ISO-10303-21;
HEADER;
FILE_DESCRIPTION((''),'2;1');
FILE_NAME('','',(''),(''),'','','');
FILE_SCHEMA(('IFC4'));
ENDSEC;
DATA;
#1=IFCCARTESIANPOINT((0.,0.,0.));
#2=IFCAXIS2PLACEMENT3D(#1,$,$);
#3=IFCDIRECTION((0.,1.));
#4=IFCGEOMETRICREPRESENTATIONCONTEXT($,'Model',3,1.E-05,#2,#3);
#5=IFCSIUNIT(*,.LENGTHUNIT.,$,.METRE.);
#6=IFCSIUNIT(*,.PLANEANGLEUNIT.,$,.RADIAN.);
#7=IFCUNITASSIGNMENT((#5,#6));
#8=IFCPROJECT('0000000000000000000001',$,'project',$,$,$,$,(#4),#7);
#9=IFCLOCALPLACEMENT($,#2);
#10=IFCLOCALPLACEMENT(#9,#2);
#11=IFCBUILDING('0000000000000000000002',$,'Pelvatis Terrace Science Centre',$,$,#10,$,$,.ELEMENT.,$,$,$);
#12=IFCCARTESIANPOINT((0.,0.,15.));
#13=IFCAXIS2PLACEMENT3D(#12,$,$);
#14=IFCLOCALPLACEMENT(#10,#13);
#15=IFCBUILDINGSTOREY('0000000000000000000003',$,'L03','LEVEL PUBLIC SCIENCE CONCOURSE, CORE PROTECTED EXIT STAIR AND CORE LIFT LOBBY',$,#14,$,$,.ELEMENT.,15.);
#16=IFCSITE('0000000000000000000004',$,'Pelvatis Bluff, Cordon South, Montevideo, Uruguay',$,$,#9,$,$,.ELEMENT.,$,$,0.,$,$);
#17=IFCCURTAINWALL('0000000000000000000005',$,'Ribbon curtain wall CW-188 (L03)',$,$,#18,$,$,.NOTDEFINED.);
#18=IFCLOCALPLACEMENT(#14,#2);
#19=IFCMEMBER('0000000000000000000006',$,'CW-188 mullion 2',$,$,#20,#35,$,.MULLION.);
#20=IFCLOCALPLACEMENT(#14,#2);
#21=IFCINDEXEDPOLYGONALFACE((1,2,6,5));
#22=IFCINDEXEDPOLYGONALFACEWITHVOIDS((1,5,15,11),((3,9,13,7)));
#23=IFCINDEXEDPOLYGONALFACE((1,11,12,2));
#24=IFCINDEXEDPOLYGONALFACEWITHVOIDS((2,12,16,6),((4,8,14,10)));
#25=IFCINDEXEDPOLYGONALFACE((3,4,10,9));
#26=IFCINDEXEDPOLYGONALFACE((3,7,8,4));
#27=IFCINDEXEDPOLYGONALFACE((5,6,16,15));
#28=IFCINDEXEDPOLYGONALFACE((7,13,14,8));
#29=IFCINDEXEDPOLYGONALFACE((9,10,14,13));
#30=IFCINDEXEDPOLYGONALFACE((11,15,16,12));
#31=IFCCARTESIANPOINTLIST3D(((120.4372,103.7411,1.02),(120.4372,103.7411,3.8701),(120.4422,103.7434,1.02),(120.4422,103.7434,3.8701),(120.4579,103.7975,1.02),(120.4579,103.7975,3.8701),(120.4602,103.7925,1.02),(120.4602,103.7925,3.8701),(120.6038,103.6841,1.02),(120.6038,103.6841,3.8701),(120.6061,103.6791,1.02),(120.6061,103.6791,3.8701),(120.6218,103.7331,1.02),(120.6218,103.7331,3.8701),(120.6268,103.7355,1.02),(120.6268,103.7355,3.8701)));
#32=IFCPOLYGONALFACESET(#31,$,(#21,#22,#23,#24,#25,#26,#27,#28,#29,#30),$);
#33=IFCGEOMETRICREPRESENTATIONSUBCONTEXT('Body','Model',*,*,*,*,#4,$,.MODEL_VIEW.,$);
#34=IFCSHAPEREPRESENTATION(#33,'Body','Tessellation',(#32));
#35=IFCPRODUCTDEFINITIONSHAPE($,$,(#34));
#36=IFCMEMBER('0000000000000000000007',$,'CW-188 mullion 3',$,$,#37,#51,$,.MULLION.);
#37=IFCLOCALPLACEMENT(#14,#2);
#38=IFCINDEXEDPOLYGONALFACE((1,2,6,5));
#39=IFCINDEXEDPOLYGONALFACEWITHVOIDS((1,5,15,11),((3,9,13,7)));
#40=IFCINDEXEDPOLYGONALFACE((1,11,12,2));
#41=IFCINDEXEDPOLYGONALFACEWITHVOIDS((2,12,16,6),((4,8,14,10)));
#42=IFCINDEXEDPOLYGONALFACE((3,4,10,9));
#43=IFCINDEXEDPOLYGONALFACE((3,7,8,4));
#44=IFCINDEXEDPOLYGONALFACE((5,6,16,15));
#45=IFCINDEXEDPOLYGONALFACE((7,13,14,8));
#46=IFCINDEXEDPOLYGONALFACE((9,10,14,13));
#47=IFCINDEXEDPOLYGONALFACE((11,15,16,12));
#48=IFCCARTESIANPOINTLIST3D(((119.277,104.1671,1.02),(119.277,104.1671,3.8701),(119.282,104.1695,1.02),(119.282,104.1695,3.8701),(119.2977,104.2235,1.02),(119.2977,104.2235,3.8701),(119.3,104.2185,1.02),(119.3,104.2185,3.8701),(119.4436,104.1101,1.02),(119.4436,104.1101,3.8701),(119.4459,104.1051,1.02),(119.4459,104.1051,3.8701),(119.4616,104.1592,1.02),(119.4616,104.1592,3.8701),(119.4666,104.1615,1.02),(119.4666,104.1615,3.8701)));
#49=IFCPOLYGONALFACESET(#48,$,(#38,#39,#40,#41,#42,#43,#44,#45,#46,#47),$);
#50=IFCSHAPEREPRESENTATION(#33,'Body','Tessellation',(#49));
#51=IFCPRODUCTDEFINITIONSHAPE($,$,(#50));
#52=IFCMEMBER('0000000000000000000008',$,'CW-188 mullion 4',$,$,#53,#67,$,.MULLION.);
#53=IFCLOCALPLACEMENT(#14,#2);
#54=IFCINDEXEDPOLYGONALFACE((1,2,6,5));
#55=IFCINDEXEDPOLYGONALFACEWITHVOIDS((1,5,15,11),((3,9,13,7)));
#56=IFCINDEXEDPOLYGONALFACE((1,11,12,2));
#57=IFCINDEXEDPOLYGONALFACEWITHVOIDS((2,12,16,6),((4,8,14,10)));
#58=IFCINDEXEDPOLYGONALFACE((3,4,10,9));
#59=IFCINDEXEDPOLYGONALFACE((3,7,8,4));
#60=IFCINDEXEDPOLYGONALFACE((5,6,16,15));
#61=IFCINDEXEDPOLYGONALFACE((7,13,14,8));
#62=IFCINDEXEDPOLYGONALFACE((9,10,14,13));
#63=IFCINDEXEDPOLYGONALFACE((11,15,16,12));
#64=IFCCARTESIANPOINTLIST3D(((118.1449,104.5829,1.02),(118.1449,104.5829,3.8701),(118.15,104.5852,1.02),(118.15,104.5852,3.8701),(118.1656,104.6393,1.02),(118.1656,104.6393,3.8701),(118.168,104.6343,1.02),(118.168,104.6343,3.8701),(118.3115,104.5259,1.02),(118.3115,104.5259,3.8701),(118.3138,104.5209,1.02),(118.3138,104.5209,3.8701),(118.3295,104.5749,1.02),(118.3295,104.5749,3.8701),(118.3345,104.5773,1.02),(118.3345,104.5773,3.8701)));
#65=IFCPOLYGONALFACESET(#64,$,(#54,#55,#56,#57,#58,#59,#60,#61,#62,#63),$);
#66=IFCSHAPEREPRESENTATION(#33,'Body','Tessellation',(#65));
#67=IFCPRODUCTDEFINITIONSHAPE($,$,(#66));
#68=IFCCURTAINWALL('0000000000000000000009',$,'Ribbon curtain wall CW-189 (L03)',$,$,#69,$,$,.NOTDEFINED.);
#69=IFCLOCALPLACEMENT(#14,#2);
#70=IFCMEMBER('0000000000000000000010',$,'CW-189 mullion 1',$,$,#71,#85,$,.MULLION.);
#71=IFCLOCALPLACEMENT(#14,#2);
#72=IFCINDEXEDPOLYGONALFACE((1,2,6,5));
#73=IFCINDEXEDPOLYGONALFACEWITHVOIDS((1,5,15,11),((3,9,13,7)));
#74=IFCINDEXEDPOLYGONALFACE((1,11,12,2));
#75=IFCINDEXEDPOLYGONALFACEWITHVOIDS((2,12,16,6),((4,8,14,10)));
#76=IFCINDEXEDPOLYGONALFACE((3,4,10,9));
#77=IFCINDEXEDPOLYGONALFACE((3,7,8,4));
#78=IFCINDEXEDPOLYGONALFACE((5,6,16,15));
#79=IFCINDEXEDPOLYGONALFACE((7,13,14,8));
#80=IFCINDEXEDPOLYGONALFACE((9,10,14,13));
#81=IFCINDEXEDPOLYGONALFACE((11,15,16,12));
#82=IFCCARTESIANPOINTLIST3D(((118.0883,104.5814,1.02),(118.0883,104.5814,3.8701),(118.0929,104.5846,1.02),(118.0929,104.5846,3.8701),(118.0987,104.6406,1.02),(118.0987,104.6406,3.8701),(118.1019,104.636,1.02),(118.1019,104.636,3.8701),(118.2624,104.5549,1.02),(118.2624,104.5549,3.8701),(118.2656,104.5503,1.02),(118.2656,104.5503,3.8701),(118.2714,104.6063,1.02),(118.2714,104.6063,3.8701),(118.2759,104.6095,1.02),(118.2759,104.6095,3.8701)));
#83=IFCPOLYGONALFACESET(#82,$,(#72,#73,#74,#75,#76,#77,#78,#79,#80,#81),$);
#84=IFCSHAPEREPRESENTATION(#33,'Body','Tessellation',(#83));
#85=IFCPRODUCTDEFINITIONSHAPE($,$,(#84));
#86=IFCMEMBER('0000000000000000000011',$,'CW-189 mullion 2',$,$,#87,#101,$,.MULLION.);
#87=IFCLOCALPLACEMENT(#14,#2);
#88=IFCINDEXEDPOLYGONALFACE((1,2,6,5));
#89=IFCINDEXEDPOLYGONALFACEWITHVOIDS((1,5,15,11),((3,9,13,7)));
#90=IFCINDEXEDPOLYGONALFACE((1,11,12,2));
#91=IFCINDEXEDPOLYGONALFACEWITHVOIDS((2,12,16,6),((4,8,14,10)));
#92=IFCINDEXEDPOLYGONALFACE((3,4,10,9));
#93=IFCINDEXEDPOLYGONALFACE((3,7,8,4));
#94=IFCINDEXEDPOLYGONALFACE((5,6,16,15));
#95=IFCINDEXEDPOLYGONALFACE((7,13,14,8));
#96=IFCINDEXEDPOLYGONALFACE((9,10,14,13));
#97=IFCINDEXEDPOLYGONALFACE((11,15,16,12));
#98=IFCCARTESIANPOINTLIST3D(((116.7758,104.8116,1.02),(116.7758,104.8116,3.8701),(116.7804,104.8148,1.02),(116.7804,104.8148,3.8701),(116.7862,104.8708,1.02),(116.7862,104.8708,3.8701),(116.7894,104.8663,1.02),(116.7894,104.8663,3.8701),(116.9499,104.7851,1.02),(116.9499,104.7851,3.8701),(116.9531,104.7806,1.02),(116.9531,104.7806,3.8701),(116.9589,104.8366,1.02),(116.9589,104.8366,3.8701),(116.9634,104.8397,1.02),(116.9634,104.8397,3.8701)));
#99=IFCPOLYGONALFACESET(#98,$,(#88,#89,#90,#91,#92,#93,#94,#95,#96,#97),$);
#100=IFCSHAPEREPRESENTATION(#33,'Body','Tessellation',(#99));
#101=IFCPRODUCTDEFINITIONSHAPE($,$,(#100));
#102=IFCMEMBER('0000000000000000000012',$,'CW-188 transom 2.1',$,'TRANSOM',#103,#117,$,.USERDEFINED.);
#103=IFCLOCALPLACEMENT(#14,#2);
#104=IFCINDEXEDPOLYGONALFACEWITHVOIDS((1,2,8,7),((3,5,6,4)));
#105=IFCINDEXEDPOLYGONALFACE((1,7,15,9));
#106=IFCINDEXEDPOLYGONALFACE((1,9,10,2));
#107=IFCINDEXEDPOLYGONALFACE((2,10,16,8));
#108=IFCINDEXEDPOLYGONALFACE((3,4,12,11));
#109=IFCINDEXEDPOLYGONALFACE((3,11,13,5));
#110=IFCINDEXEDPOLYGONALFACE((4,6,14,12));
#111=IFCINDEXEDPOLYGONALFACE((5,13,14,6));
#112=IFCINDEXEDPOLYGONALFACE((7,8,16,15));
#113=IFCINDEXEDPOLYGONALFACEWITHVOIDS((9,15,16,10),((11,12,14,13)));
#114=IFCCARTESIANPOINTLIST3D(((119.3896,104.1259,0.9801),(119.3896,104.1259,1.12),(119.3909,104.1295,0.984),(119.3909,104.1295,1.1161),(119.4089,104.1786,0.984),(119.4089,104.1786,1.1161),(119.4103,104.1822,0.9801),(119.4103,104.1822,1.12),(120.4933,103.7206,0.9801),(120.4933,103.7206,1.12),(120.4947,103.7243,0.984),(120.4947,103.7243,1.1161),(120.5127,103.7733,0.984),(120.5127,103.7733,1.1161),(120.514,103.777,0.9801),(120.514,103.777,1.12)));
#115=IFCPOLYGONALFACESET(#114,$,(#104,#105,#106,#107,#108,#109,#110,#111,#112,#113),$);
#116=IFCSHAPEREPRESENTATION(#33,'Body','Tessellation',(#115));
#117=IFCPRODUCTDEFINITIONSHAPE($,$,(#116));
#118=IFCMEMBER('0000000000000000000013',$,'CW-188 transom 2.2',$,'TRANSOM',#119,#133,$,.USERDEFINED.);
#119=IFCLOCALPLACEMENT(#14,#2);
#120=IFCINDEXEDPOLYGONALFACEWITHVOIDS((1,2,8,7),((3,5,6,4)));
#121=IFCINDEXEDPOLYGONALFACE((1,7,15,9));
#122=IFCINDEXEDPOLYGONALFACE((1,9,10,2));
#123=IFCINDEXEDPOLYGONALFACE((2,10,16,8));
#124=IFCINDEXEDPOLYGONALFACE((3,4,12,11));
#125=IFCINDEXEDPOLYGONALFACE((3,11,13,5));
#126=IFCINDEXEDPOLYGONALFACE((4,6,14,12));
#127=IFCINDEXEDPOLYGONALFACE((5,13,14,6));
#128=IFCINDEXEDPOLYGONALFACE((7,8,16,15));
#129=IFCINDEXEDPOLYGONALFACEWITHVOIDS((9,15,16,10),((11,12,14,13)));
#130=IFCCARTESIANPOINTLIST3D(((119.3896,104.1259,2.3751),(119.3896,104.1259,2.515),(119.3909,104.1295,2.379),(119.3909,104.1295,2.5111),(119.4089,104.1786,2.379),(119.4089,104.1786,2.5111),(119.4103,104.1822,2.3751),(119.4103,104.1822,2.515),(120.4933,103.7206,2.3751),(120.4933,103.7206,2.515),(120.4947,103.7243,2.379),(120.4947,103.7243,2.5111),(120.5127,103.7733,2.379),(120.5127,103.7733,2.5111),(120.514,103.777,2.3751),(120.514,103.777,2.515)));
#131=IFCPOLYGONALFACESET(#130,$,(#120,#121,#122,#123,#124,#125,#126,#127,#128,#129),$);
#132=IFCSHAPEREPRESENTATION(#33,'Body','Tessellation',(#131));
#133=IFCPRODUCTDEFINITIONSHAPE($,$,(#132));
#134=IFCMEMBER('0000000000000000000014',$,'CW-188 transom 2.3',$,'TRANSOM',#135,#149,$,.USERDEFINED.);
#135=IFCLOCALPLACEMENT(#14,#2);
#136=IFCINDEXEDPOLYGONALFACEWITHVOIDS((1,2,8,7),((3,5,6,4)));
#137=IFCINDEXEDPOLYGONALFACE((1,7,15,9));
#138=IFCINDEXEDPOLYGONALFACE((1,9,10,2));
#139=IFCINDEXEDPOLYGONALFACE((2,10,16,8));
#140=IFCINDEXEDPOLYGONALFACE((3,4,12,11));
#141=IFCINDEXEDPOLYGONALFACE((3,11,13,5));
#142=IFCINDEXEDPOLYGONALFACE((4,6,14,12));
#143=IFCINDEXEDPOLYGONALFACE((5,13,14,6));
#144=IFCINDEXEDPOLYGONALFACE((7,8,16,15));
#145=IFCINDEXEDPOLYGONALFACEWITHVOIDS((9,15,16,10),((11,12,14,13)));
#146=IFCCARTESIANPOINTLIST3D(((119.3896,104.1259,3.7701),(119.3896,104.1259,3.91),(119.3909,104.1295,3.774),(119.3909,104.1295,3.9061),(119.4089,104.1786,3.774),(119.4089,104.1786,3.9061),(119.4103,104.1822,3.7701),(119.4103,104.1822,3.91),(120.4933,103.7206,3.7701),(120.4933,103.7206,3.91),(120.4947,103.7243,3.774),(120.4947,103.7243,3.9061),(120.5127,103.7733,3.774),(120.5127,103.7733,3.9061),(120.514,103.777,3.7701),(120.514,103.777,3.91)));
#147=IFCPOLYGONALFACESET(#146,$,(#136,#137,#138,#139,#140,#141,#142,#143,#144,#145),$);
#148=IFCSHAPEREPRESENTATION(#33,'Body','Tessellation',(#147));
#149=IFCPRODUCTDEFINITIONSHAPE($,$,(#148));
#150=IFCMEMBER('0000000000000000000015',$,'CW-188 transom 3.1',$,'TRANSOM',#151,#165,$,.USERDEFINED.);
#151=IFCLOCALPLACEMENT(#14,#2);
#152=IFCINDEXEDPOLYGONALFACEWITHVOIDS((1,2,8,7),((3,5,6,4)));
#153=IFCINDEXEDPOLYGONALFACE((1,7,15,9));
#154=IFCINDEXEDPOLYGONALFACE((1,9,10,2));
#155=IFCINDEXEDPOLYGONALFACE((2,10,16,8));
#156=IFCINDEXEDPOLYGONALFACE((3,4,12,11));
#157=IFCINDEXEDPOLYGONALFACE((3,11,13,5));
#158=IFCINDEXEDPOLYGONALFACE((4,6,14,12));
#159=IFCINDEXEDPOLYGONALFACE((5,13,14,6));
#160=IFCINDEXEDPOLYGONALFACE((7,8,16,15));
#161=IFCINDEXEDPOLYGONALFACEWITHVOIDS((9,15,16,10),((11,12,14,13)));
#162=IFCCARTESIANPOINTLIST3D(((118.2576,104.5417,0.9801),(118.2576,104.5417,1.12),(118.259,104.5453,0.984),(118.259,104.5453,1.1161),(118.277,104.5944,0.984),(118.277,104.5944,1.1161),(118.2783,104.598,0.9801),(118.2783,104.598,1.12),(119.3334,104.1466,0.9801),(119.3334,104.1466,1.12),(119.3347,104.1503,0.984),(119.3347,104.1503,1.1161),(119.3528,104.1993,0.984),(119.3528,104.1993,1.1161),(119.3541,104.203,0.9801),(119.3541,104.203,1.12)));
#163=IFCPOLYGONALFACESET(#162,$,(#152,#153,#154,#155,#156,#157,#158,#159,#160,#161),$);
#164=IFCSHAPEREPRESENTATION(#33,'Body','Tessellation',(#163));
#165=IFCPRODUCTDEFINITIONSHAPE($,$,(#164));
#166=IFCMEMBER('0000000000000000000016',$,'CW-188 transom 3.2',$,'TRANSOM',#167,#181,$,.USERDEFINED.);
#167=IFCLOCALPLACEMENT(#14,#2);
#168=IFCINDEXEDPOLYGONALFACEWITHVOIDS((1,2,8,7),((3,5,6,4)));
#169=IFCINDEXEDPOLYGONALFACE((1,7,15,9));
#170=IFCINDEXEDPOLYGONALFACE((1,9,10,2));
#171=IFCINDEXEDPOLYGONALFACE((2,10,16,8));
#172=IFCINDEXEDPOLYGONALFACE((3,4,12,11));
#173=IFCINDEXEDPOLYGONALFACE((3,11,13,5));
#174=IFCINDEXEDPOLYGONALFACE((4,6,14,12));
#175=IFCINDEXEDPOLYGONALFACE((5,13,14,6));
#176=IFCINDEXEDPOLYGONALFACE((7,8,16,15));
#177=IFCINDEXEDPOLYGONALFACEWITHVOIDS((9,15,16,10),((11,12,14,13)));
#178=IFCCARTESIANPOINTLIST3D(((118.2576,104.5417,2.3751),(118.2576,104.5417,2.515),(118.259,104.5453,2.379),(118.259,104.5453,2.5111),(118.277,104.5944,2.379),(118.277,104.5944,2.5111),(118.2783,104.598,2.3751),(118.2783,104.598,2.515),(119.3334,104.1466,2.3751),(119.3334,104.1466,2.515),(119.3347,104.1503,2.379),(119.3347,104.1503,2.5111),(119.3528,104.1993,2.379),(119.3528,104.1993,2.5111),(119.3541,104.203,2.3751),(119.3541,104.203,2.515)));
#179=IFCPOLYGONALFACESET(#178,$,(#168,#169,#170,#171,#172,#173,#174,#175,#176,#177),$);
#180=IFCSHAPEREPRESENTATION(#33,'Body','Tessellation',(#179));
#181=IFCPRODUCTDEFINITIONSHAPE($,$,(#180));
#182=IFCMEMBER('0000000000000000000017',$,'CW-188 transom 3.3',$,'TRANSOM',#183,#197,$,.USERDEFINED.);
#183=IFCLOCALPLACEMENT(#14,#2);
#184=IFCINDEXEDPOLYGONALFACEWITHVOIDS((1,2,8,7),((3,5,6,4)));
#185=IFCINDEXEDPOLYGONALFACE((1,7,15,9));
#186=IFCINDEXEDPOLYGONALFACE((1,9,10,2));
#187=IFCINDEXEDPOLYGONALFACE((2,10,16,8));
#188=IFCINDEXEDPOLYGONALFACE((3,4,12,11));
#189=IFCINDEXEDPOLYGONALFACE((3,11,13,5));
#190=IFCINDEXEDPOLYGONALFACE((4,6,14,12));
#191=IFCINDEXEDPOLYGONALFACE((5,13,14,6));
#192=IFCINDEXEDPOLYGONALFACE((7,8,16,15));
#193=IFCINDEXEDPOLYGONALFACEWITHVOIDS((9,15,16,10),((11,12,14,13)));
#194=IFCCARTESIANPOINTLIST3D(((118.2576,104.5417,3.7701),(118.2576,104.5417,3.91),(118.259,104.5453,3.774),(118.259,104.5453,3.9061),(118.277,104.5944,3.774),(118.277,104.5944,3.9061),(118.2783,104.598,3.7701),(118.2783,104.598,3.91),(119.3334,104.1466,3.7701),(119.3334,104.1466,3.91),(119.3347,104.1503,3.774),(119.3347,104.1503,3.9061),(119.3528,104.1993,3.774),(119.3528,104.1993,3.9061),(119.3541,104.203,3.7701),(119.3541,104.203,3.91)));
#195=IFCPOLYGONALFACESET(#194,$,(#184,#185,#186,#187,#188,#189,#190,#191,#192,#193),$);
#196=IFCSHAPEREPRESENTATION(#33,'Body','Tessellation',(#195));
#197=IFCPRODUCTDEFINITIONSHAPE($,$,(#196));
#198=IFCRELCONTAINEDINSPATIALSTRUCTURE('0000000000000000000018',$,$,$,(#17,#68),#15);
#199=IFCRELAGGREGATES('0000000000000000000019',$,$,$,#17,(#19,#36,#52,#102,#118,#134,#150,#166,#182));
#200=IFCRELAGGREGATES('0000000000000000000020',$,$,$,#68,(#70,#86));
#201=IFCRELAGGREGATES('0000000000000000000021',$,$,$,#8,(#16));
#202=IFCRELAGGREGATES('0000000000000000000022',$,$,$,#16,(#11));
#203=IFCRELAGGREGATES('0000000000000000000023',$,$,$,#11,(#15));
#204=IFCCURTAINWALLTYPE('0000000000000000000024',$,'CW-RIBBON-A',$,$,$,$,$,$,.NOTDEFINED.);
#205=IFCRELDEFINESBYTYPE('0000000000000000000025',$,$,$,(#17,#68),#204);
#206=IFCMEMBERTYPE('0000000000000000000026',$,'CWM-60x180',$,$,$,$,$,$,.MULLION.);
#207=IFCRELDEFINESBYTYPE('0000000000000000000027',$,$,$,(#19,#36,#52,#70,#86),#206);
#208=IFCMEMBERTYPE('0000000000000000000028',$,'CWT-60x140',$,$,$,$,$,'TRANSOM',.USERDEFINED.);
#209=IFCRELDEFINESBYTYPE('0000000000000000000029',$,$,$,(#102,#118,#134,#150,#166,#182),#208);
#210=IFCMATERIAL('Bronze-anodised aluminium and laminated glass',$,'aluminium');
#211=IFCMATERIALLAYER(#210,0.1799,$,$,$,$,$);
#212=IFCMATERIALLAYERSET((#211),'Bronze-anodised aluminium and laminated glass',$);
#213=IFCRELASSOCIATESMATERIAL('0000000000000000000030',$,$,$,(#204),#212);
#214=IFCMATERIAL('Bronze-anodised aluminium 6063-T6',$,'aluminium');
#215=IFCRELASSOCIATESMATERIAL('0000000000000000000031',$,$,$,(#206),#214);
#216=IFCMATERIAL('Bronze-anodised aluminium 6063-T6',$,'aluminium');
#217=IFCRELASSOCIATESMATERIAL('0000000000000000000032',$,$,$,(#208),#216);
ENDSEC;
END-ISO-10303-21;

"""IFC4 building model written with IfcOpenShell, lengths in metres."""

from ifc_helpers import new_model, si_unit, direction, frame, origin, origin_2d, place, context, subcontext, project, spatial, hollow_rectangle, extrude, material, layer, layer_set, material_profile, profile_set, type_object, element, aggregate, save


model = new_model("IFC4")

# Units and contexts
model_context = context("Model", 3, precision=1e-05, world=origin(), true_north=direction((0.0, 1.0)))
body_context = subcontext(model_context, "Body", "Model", "MODEL_VIEW")
ifc_project = project(units=[si_unit("LENGTHUNIT", "METRE"), si_unit("PLANEANGLEUNIT", "RADIAN")], contexts=[model_context])

# Site, building, storey
site_placement = place(None, origin())
site = spatial("IfcSite", under=ifc_project, at=site_placement, Name="Pelvatis Bluff, Cordon South, Montevideo, Uruguay", CompositionType="ELEMENT", RefElevation=0.0)
building_placement = place(site_placement, origin())
building = spatial("IfcBuilding", under=site, at=building_placement, Name="Pelvatis Terrace Science Centre", CompositionType="ELEMENT")
storey_placement = place(building_placement, frame((0.0, 0.0, 15.0)))
storey = spatial("IfcBuildingStorey", under=building, at=storey_placement, Name="L03", Description="LEVEL PUBLIC SCIENCE CONCOURSE, CORE PROTECTED EXIT STAIR AND CORE LIFT LOBBY", CompositionType="ELEMENT", Elevation=15.0)

# Curtain walls, members
ifc_material_1 = material(Name="Bronze-anodised aluminium and laminated glass", Category="aluminium")
ifc_layer_1 = layer(ifc_material_1, 0.1799)
ifc_layer_set_1 = layer_set([ifc_layer_1], Name="Bronze-anodised aluminium and laminated glass")
curtain_wall_type = type_object("IfcCurtainWallType", Name="CW-RIBBON-A", PredefinedType="NOTDEFINED", material=ifc_layer_set_1)
curtain_wall_1_placement = place(storey_placement, origin())
curtain_wall_1 = element("IfcCurtainWall", 1, at=curtain_wall_1_placement, inside=storey, type_object=curtain_wall_type, Name="Ribbon curtain wall CW-188 (L03)", PredefinedType="NOTDEFINED")
ifc_material_2 = material(Name="Bronze-anodised aluminium 6063-T6", Category="aluminium")
ifc_material_profile_1 = material_profile(ifc_material_2, hollow_rectangle(XDim=0.0601, YDim=0.1799, WallThickness=0.0039, at=origin_2d()), Name="ALU-MUL 60x180")
ifc_profile_set_1 = profile_set([ifc_material_profile_1], Name="Bronze-anodised aluminium 6063-T6")
member_type_1 = type_object("IfcMemberType", Name="CWM-60x180", PredefinedType="MULLION", material=ifc_profile_set_1)
member_1_placement = place(storey_placement, frame((120.532, 103.7383, 1.02), z_axis=(0.0, 0.0, 1.0), x_axis=(-0.344728, -0.938703, 0.0)))
member_1 = element("IfcMember", 2, at=member_1_placement, type_object=member_type_1, Name="CW-188 mullion 2", PredefinedType="MULLION", context=body_context, shape_type="SweptSolid", body=[
    extrude(hollow_rectangle(XDim=0.0601, YDim=0.1799, WallThickness=0.0039, at=origin_2d()), origin(), (0.0, 0.0, 1.0), 2.8501),
])
member_2_placement = place(storey_placement, frame((119.3718, 104.1643, 1.02), z_axis=(0.0, 0.0, 1.0), x_axis=(-0.344728, -0.938703, 0.0)))
member_2 = element("IfcMember", 3, at=member_2_placement, type_object=member_type_1, Name="CW-188 mullion 3", PredefinedType="MULLION", context=body_context, shape_type="SweptSolid", body=[
    extrude(hollow_rectangle(XDim=0.0601, YDim=0.1799, WallThickness=0.0039, at=origin_2d()), origin(), (0.0, 0.0, 1.0), 2.8501),
])
member_3_placement = place(storey_placement, frame((118.2397, 104.5801, 1.02), z_axis=(0.0, 0.0, 1.0), x_axis=(-0.344728, -0.938703, 0.0)))
member_3 = element("IfcMember", 4, at=member_3_placement, type_object=member_type_1, Name="CW-188 mullion 4", PredefinedType="MULLION", context=body_context, shape_type="SweptSolid", body=[
    extrude(hollow_rectangle(XDim=0.0601, YDim=0.1799, WallThickness=0.0039, at=origin_2d()), origin(), (0.0, 0.0, 1.0), 2.8501),
])
curtain_wall_2_placement = place(storey_placement, origin())
curtain_wall_2 = element("IfcCurtainWall", 5, at=curtain_wall_2_placement, inside=storey, type_object=curtain_wall_type, Name="Ribbon curtain wall CW-189 (L03)", PredefinedType="NOTDEFINED")
member_4_placement = place(storey_placement, frame((118.1821, 104.5955, 1.02), z_axis=(0.0, 0.0, 1.0), x_axis=(-0.172671, -0.984979, 0.0)))
member_4 = element("IfcMember", 6, at=member_4_placement, type_object=member_type_1, Name="CW-189 mullion 1", PredefinedType="MULLION", context=body_context, shape_type="SweptSolid", body=[
    extrude(hollow_rectangle(XDim=0.0601, YDim=0.1799, WallThickness=0.0039, at=origin_2d()), origin(), (0.0, 0.0, 1.0), 2.8501),
])
member_5_placement = place(storey_placement, frame((116.8696, 104.8257, 1.02), z_axis=(0.0, 0.0, 1.0), x_axis=(-0.172671, -0.984979, 0.0)))
member_5 = element("IfcMember", 7, at=member_5_placement, type_object=member_type_1, Name="CW-189 mullion 2", PredefinedType="MULLION", context=body_context, shape_type="SweptSolid", body=[
    extrude(hollow_rectangle(XDim=0.0601, YDim=0.1799, WallThickness=0.0039, at=origin_2d()), origin(), (0.0, 0.0, 1.0), 2.8501),
])

# Members
ifc_material_3 = material(Name="Bronze-anodised aluminium 6063-T6", Category="aluminium")
ifc_material_profile_2 = material_profile(ifc_material_3, hollow_rectangle(XDim=0.0601, YDim=0.1399, WallThickness=0.0039, at=origin_2d()), Name="ALU-TRN 60x140")
ifc_profile_set_2 = profile_set([ifc_material_profile_2], Name="Bronze-anodised aluminium 6063-T6")
member_type_2 = type_object("IfcMemberType", Name="CWT-60x140", ElementType="TRANSOM", PredefinedType="USERDEFINED", material=ifc_profile_set_2)
member_6_placement = place(storey_placement, frame((120.5037, 103.7488, 1.05), z_axis=(-0.938722, 0.344676, 0.0), x_axis=(-0.344676, -0.938722, 0.0)))
member_6 = element("IfcMember", 8, at=member_6_placement, type_object=member_type_2, Name="CW-188 transom 2.1", ObjectType="TRANSOM", PredefinedType="USERDEFINED", context=body_context, shape_type="SweptSolid", body=[
    extrude(hollow_rectangle(XDim=0.0601, YDim=0.1399, WallThickness=0.0039, at=origin_2d()), origin(), (0.0, 0.0, 1.0), 1.1758),
])
member_7_placement = place(storey_placement, frame((120.5037, 103.7488, 2.4451), z_axis=(-0.938722, 0.344676, 0.0), x_axis=(-0.344676, -0.938722, 0.0)))
member_7 = element("IfcMember", 9, at=member_7_placement, type_object=member_type_2, Name="CW-188 transom 2.2", ObjectType="TRANSOM", PredefinedType="USERDEFINED", context=body_context, shape_type="SweptSolid", body=[
    extrude(hollow_rectangle(XDim=0.0601, YDim=0.1399, WallThickness=0.0039, at=origin_2d()), origin(), (0.0, 0.0, 1.0), 1.1758),
])
member_8_placement = place(storey_placement, frame((120.5037, 103.7488, 3.8401), z_axis=(-0.938722, 0.344676, 0.0), x_axis=(-0.344676, -0.938722, 0.0)))
member_8 = element("IfcMember", 10, at=member_8_placement, type_object=member_type_2, Name="CW-188 transom 2.3", ObjectType="TRANSOM", PredefinedType="USERDEFINED", context=body_context, shape_type="SweptSolid", body=[
    extrude(hollow_rectangle(XDim=0.0601, YDim=0.1399, WallThickness=0.0039, at=origin_2d()), origin(), (0.0, 0.0, 1.0), 1.1758),
])
member_9_placement = place(storey_placement, frame((119.3438, 104.1748, 1.05), z_axis=(-0.938706, 0.344718, 0.0), x_axis=(-0.344718, -0.938706, 0.0)))
member_9 = element("IfcMember", 11, at=member_9_placement, type_object=member_type_2, Name="CW-188 transom 3.1", ObjectType="TRANSOM", PredefinedType="USERDEFINED", context=body_context, shape_type="SweptSolid", body=[
    extrude(hollow_rectangle(XDim=0.0601, YDim=0.1399, WallThickness=0.0039, at=origin_2d()), origin(), (0.0, 0.0, 1.0), 1.146),
])
member_10_placement = place(storey_placement, frame((119.3438, 104.1748, 2.4451), z_axis=(-0.938706, 0.344718, 0.0), x_axis=(-0.344718, -0.938706, 0.0)))
member_10 = element("IfcMember", 12, at=member_10_placement, type_object=member_type_2, Name="CW-188 transom 3.2", ObjectType="TRANSOM", PredefinedType="USERDEFINED", context=body_context, shape_type="SweptSolid", body=[
    extrude(hollow_rectangle(XDim=0.0601, YDim=0.1399, WallThickness=0.0039, at=origin_2d()), origin(), (0.0, 0.0, 1.0), 1.146),
])
member_11_placement = place(storey_placement, frame((119.3438, 104.1748, 3.8401), z_axis=(-0.938706, 0.344718, 0.0), x_axis=(-0.344718, -0.938706, 0.0)))
member_11 = element("IfcMember", 13, at=member_11_placement, type_object=member_type_2, Name="CW-188 transom 3.3", ObjectType="TRANSOM", PredefinedType="USERDEFINED", context=body_context, shape_type="SweptSolid", body=[
    extrude(hollow_rectangle(XDim=0.0601, YDim=0.1399, WallThickness=0.0039, at=origin_2d()), origin(), (0.0, 0.0, 1.0), 1.146),
])

aggregate(curtain_wall_1, [member_1, member_2, member_3, member_6, member_7, member_8, member_9, member_10, member_11])
aggregate(curtain_wall_2, [member_4, member_5])

save(model, "model.ifc")
